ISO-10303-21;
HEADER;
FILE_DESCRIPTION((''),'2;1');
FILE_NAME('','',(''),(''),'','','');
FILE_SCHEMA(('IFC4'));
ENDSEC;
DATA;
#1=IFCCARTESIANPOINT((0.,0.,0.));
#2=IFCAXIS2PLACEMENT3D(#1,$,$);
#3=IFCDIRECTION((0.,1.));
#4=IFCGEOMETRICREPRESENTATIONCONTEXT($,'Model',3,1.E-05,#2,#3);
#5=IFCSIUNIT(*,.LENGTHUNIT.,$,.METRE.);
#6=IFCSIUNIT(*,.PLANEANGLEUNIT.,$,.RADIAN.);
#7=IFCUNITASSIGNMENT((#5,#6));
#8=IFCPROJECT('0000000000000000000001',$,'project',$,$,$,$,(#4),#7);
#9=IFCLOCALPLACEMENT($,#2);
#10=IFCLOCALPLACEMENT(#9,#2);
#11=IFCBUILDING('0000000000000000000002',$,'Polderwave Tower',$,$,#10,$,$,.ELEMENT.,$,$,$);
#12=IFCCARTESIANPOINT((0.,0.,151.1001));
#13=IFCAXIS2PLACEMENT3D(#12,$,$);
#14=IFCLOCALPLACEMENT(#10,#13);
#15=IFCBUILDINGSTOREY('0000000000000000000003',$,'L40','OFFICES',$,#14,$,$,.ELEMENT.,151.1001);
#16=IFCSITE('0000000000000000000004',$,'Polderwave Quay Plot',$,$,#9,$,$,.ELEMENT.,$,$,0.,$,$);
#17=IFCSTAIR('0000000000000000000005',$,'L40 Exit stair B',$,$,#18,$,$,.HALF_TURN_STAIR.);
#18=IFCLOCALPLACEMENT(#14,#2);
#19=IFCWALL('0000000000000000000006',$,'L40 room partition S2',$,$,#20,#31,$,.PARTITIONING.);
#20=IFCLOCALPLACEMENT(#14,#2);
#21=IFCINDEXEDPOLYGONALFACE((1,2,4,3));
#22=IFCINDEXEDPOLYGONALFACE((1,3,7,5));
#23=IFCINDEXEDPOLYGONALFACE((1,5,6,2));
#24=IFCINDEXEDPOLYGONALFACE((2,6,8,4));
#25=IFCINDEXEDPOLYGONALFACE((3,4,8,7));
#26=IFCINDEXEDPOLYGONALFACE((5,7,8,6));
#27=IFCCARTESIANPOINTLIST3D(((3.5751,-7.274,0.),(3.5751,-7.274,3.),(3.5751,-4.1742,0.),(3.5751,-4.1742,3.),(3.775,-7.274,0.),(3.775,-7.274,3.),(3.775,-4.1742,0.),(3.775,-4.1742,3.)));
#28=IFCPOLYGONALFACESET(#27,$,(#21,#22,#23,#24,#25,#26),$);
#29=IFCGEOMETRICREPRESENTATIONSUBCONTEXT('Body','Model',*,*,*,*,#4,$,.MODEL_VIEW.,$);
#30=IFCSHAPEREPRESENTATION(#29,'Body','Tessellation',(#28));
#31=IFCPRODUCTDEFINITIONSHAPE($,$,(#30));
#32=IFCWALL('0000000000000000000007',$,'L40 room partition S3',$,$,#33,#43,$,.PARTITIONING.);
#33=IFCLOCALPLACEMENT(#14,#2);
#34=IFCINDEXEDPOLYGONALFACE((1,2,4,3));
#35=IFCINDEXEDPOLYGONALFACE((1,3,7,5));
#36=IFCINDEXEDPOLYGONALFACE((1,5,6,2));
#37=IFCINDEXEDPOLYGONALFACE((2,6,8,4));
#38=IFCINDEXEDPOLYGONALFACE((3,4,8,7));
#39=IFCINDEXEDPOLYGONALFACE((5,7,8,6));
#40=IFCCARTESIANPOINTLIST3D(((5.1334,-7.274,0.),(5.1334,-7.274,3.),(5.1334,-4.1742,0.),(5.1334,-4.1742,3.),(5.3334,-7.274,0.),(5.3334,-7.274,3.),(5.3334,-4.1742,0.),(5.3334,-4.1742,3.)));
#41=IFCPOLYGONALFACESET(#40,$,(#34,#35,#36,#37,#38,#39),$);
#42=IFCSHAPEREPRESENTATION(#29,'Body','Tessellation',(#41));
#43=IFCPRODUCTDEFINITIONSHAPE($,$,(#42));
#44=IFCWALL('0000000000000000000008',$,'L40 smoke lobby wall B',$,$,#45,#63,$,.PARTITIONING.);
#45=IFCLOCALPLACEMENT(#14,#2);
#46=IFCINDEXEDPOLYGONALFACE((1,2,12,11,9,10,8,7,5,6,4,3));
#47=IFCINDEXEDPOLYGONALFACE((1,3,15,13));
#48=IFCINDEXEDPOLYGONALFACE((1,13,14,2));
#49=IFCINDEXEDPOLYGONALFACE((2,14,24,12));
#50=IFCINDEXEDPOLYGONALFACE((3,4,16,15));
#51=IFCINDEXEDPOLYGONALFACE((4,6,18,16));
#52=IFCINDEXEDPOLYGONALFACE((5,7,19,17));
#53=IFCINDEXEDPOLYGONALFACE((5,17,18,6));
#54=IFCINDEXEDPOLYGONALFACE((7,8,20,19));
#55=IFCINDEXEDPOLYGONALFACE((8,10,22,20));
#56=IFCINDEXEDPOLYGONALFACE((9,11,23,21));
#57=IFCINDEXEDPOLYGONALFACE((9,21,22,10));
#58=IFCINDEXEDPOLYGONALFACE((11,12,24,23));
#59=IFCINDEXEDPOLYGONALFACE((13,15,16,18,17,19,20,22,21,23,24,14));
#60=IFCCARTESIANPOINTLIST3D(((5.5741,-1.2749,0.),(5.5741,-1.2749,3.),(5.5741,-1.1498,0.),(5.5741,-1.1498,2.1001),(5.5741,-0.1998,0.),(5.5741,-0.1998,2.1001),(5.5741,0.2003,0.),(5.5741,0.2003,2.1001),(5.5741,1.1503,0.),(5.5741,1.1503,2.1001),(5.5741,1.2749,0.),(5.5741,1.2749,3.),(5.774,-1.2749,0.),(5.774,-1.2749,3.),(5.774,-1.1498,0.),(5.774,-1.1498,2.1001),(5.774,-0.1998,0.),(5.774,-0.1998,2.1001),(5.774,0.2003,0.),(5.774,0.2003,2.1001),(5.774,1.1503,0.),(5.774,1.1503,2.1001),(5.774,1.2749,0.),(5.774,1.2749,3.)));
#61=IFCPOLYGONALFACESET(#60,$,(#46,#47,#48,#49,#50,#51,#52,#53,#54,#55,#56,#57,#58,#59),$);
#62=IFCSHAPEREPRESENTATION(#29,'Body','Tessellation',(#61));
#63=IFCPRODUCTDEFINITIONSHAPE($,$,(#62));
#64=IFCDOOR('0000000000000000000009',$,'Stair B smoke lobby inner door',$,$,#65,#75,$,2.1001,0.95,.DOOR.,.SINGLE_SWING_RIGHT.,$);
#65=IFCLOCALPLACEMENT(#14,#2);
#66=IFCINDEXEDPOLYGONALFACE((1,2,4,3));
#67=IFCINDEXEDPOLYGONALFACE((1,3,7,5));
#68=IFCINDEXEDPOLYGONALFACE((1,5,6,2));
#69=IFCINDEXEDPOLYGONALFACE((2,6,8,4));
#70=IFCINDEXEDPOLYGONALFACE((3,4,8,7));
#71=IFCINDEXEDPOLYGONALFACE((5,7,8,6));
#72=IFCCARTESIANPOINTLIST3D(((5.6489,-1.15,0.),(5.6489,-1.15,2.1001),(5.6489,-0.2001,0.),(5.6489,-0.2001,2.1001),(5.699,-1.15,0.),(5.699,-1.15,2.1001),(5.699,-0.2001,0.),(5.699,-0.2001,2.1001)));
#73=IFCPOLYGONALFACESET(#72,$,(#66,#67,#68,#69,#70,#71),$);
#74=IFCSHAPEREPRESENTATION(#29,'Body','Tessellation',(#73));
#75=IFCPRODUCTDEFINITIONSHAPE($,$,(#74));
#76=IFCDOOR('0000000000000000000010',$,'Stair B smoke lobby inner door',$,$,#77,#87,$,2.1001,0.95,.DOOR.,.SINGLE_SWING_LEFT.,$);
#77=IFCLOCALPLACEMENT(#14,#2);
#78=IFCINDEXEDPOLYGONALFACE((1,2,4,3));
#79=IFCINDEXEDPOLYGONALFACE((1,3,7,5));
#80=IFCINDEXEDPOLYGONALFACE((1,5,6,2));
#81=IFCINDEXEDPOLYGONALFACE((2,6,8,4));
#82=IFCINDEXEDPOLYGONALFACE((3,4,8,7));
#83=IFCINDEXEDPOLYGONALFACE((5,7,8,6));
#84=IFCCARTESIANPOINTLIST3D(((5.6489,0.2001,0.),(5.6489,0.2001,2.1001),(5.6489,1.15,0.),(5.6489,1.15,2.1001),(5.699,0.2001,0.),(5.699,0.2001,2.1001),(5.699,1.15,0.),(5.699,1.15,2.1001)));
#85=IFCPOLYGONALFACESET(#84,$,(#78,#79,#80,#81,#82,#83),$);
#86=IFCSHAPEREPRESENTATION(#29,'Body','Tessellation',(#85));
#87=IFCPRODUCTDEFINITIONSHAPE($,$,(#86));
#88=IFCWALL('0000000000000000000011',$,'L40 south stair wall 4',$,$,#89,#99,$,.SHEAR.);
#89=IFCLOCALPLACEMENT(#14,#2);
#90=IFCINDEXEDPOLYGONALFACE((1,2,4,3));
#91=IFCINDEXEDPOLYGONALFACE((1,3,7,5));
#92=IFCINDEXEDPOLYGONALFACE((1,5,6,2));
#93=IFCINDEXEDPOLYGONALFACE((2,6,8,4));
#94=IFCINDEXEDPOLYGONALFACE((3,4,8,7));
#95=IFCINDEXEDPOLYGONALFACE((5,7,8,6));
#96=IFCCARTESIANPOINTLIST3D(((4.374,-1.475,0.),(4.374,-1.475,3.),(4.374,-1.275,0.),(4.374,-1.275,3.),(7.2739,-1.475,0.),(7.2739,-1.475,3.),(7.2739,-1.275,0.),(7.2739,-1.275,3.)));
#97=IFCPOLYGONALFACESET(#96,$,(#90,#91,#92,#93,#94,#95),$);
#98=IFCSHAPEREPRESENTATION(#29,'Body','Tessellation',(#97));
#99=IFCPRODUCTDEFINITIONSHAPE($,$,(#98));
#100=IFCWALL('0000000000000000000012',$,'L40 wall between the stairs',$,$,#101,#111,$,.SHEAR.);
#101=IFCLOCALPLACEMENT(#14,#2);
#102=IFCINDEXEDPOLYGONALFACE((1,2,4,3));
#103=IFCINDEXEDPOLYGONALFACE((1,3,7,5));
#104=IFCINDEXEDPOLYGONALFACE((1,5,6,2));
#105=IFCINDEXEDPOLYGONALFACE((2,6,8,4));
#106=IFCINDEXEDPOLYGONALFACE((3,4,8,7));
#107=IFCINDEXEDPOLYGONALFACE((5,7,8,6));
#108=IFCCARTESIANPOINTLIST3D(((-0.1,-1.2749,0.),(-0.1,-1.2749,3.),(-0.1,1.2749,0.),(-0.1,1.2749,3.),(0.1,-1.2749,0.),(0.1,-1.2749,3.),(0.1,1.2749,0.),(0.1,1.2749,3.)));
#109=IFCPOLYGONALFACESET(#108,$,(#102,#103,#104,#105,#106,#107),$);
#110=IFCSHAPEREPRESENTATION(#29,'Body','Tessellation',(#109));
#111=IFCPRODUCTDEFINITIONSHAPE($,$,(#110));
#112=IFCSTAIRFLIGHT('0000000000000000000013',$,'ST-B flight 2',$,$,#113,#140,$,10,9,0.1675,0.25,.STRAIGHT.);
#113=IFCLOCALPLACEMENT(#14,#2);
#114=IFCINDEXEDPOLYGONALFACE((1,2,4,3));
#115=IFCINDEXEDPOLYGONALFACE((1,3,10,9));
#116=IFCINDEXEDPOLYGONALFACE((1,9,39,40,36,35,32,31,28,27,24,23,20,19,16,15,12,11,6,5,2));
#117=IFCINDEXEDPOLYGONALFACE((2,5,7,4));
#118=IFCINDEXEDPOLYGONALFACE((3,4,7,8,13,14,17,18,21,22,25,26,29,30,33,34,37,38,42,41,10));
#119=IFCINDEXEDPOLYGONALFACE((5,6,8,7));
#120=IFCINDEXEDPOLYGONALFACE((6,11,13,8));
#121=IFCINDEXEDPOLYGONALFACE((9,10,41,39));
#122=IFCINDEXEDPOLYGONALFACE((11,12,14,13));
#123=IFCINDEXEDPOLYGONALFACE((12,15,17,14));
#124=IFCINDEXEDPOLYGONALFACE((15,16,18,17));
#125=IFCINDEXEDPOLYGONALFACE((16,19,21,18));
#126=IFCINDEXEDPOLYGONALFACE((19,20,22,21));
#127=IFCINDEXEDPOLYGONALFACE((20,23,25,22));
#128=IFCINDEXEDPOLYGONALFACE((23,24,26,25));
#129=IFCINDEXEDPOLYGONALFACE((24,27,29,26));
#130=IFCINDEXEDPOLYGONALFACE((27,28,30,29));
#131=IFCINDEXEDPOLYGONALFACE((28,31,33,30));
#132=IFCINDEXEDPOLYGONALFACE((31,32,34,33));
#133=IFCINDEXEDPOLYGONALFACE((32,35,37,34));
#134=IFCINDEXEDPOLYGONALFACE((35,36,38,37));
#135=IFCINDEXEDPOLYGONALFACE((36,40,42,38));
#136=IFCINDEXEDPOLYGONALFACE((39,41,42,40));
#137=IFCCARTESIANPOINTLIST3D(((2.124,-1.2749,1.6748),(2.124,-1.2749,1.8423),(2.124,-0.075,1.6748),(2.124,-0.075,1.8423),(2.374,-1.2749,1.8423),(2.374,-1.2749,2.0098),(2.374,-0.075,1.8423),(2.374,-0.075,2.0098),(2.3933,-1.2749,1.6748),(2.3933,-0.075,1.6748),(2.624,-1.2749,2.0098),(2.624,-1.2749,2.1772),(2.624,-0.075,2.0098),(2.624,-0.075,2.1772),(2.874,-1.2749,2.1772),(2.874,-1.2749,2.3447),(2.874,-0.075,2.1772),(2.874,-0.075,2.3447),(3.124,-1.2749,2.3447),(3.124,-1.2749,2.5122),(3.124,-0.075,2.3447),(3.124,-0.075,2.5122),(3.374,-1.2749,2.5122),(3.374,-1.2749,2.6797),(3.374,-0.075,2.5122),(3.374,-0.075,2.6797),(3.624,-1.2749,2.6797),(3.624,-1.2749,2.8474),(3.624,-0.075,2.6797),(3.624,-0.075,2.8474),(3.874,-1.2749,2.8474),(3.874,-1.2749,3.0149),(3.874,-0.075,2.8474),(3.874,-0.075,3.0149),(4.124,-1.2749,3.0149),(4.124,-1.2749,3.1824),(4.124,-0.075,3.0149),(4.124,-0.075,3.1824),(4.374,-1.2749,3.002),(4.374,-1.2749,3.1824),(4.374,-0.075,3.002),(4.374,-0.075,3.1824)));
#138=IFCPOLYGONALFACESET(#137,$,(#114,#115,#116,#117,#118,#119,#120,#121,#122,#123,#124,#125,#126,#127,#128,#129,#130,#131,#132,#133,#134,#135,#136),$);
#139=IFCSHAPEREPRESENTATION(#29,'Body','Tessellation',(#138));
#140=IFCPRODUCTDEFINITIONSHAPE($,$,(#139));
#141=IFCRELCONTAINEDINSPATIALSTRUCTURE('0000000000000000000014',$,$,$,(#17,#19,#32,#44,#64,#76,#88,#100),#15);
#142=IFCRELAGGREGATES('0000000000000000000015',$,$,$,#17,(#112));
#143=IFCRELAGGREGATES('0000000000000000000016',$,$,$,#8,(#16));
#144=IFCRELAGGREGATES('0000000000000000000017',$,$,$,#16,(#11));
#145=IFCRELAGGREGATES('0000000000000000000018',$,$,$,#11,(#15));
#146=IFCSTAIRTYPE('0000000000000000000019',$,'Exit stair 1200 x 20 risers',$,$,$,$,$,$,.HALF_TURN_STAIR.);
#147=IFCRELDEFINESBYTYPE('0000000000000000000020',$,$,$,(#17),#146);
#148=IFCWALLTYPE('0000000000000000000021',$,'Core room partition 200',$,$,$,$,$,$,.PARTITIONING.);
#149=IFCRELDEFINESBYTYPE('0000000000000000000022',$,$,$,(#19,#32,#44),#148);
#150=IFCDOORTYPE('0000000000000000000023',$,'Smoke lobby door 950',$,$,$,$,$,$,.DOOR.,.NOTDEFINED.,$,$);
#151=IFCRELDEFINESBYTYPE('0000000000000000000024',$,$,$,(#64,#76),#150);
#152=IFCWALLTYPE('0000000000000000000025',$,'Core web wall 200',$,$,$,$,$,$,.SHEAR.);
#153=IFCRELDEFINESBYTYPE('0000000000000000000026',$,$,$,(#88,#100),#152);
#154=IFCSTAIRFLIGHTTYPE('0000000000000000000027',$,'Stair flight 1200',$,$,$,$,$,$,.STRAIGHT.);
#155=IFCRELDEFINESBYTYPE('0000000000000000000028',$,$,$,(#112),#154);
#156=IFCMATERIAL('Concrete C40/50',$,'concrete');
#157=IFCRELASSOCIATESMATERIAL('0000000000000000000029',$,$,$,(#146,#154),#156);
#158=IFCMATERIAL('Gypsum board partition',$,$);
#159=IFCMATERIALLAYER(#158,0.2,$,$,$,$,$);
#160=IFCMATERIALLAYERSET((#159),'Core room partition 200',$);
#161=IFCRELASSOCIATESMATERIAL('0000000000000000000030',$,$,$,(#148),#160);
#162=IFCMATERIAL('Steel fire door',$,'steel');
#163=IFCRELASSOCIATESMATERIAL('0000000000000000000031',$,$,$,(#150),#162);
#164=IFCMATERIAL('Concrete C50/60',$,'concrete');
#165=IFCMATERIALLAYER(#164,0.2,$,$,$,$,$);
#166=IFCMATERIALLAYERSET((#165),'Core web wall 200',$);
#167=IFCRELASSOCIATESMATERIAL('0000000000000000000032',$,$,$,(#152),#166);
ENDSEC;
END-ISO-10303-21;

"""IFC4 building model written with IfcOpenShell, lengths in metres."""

from ifc_helpers import new_model, si_unit, direction, frame, frame_2d, origin, place, context, subcontext, project, spatial, polyline, rectangle, outline, extrude, material, layer, layer_set, type_object, element, fill, aggregate, save


model = new_model("IFC4")

# Units and contexts
model_context = context("Model", 3, precision=1e-05, world=origin(), true_north=direction((0.0, 1.0)))
body_context = subcontext(model_context, "Body", "Model", "MODEL_VIEW")
ifc_project = project(units=[si_unit("LENGTHUNIT", "METRE"), si_unit("PLANEANGLEUNIT", "RADIAN")], contexts=[model_context])

# Site, building, storey
site_placement = place(None, origin())
site = spatial("IfcSite", under=ifc_project, at=site_placement, Name="Polderwave Quay Plot", CompositionType="ELEMENT", RefElevation=0.0)
building_placement = place(site_placement, origin())
building = spatial("IfcBuilding", under=site, at=building_placement, Name="Polderwave Tower", CompositionType="ELEMENT")
storey_placement = place(building_placement, frame((0.0, 0.0, 151.1001)))
storey = spatial("IfcBuildingStorey", under=building, at=storey_placement, Name="L40", Description="OFFICES", CompositionType="ELEMENT", Elevation=151.1001)

# Shared definitions
ifc_material_1 = material(Name="Concrete C40/50", Category="concrete")

# Stair
stair_type = type_object("IfcStairType", Name="Exit stair 1200 x 20 risers", PredefinedType="HALF_TURN_STAIR", material=ifc_material_1)
stair_1_placement = place(storey_placement, origin())
stair_1 = element("IfcStair", 1, at=stair_1_placement, inside=storey, type_object=stair_type, Name="L40 Exit stair B", PredefinedType="HALF_TURN_STAIR")

# Walls
ifc_material_2 = material(Name="Gypsum board partition")
ifc_layer_1 = layer(ifc_material_2, 0.2)
ifc_layer_set_1 = layer_set([ifc_layer_1], Name="Core room partition 200")
wall_type_1 = type_object("IfcWallType", Name="Core room partition 200", PredefinedType="PARTITIONING", material=ifc_layer_set_1)
for number, where, z_axis, x_axis, name in (
    (2, (3.675, -7.2739, 0.0), (0.0, 0.0, 1.0), (0.0, 1.0, 0.0), "L40 room partition S2"),
    (3, (5.2334, -7.2739, 0.0), (0.0, 0.0, 1.0), (0.0, 1.0, 0.0), "L40 room partition S3"),
):
    element("IfcWall", number, at=place(storey_placement, frame(where, z_axis=z_axis, x_axis=x_axis)), inside=storey, type_object=wall_type_1, Name=name, PredefinedType="PARTITIONING", context=body_context, shape_type="SweptSolid", body=[
        extrude(rectangle(XDim=3.0999, YDim=0.2, at=frame_2d((1.5498, 0.0))), origin(), (0.0, 0.0, 1.0), 3.0),
    ])

# Wall, openings, doors
wall_1_placement = place(storey_placement, frame((5.6741, -1.2749, 0.0), z_axis=(0.0, 0.0, 1.0), x_axis=(0.0, 1.0, 0.0)))
wall_1 = element("IfcWall", 4, at=wall_1_placement, inside=storey, type_object=wall_type_1, Name="L40 smoke lobby wall B", PredefinedType="PARTITIONING", context=body_context, shape_type="SweptSolid", body=[
    extrude(rectangle(XDim=2.5498, YDim=0.2, at=frame_2d((1.2749, 0.0))), origin(), (0.0, 0.0, 1.0), 3.0),
])
opening_1_placement = place(wall_1_placement, frame((0.125, 0.0, 0.0)))
opening_1 = element("IfcOpeningElement", 5, at=opening_1_placement, cuts=wall_1, PredefinedType="OPENING", context=body_context, shape_type="SweptSolid", body=[
    extrude(rectangle(XDim=0.95, YDim=2.1001, at=frame_2d((0.4751, 1.05))), frame((0.0, 0.1099, 0.0), z_axis=(0.0, -1.0, 0.0), x_axis=(1.0, 0.0, 0.0)), (0.0, 0.0, 1.0), 0.22),
])
opening_2_placement = place(wall_1_placement, frame((1.4751, 0.0, 0.0)))
opening_2 = element("IfcOpeningElement", 6, at=opening_2_placement, cuts=wall_1, PredefinedType="OPENING", context=body_context, shape_type="SweptSolid", body=[
    extrude(rectangle(XDim=0.95, YDim=2.1001, at=frame_2d((0.4751, 1.05))), frame((0.0, 0.1099, 0.0), z_axis=(0.0, -1.0, 0.0), x_axis=(1.0, 0.0, 0.0)), (0.0, 0.0, 1.0), 0.22),
])
ifc_material_3 = material(Name="Steel fire door", Category="steel")
door_type = type_object("IfcDoorType", Name="Smoke lobby door 950", OperationType="NOTDEFINED", PredefinedType="DOOR", material=ifc_material_3)
door_1_placement = place(opening_1_placement, frame((0.95, 0.0, 0.0), z_axis=(0.0, 0.0, 1.0), x_axis=(-1.0, 0.0, 0.0)))
door_1 = element("IfcDoor", 7, at=door_1_placement, inside=storey, type_object=door_type, Name="Stair B smoke lobby inner door", OperationType="SINGLE_SWING_RIGHT", OverallHeight=2.1001, OverallWidth=0.95, PredefinedType="DOOR", context=body_context, shape_type="SweptSolid", body=[
    extrude(rectangle(XDim=0.95, YDim=2.1001, at=frame_2d((0.4751, 1.05))), frame((0.0, 0.0249, 0.0), z_axis=(0.0, -1.0, 0.0), x_axis=(1.0, 0.0, 0.0)), (0.0, 0.0, 1.0), 0.05),
])
fill(opening_1, door_1)
door_2_placement = place(opening_2_placement, frame((0.95, 0.0, 0.0), z_axis=(0.0, 0.0, 1.0), x_axis=(-1.0, 0.0, 0.0)))
door_2 = element("IfcDoor", 8, at=door_2_placement, inside=storey, type_object=door_type, Name="Stair B smoke lobby inner door", OperationType="SINGLE_SWING_LEFT", OverallHeight=2.1001, OverallWidth=0.95, PredefinedType="DOOR", context=body_context, shape_type="SweptSolid", body=[
    extrude(rectangle(XDim=0.95, YDim=2.1001, at=frame_2d((0.4751, 1.05))), frame((0.0, 0.0249, 0.0), z_axis=(0.0, -1.0, 0.0), x_axis=(1.0, 0.0, 0.0)), (0.0, 0.0, 1.0), 0.05),
])
fill(opening_2, door_2)

# Walls
ifc_material_4 = material(Name="Concrete C50/60", Category="concrete")
ifc_layer_2 = layer(ifc_material_4, 0.2)
ifc_layer_set_2 = layer_set([ifc_layer_2], Name="Core web wall 200")
wall_type_2 = type_object("IfcWallType", Name="Core web wall 200", PredefinedType="SHEAR", material=ifc_layer_set_2)
wall_2_placement = place(storey_placement, frame((4.374, -1.375, 0.0), z_axis=(0.0, 0.0, 1.0), x_axis=(1.0, 0.0, 0.0)))
element("IfcWall", 9, at=wall_2_placement, inside=storey, type_object=wall_type_2, Name="L40 south stair wall 4", PredefinedType="SHEAR", context=body_context, shape_type="SweptSolid", body=[
    extrude(rectangle(XDim=2.8999, YDim=0.2, at=frame_2d((1.45, 0.0))), origin(), (0.0, 0.0, 1.0), 3.0),
])
wall_3_placement = place(storey_placement, frame((0.0, -1.2749, 0.0), z_axis=(0.0, 0.0, 1.0), x_axis=(0.0, 1.0, 0.0)))
element("IfcWall", 10, at=wall_3_placement, inside=storey, type_object=wall_type_2, Name="L40 wall between the stairs", PredefinedType="SHEAR", context=body_context, shape_type="SweptSolid", body=[
    extrude(rectangle(XDim=2.5498, YDim=0.2, at=frame_2d((1.2749, 0.0))), origin(), (0.0, 0.0, 1.0), 3.0),
])

# Stair flight
stair_flight_type = type_object("IfcStairFlightType", Name="Stair flight 1200", PredefinedType="STRAIGHT", material=ifc_material_1)
stair_flight_placement = place(storey_placement, frame((2.124, -0.675, 1.6748), z_axis=(0.0, 0.0, 1.0), x_axis=(1.0, 0.0, 0.0)))
stair_flight = element("IfcStairFlight", 11, at=stair_flight_placement, type_object=stair_flight_type, Name="ST-B flight 2", NumberOfRisers=10, NumberOfTreads=9, PredefinedType="STRAIGHT", RiserHeight=0.1675, TreadLength=0.25, context=body_context, shape_type="SweptSolid", body=[
    extrude(outline(polyline([(0.0, 0.0), (0.0, 0.1675), (0.25, 0.1675), (0.25, 0.335), (0.5, 0.335), (0.5, 0.5024), (0.75, 0.5024), (0.75, 0.6699), (1.0, 0.6699), (1.0, 0.8374), (1.25, 0.8374), (1.25, 1.0049), (1.5, 1.0049), (1.5, 1.1726), (1.75, 1.1726), (1.75, 1.3401), (2.0, 1.3401), (2.0, 1.5076), (2.25, 1.5076), (2.25, 1.675), (2.25, 1.3271), (0.2693, 0.0), (0.0, 0.0)])), frame((0.0, 0.6001, 0.0), z_axis=(0.0, -1.0, 0.0), x_axis=(1.0, 0.0, 0.0)), (0.0, 0.0, 1.0), 1.2),
])
aggregate(stair_1, [stair_flight])

save(model, "model.ifc")
